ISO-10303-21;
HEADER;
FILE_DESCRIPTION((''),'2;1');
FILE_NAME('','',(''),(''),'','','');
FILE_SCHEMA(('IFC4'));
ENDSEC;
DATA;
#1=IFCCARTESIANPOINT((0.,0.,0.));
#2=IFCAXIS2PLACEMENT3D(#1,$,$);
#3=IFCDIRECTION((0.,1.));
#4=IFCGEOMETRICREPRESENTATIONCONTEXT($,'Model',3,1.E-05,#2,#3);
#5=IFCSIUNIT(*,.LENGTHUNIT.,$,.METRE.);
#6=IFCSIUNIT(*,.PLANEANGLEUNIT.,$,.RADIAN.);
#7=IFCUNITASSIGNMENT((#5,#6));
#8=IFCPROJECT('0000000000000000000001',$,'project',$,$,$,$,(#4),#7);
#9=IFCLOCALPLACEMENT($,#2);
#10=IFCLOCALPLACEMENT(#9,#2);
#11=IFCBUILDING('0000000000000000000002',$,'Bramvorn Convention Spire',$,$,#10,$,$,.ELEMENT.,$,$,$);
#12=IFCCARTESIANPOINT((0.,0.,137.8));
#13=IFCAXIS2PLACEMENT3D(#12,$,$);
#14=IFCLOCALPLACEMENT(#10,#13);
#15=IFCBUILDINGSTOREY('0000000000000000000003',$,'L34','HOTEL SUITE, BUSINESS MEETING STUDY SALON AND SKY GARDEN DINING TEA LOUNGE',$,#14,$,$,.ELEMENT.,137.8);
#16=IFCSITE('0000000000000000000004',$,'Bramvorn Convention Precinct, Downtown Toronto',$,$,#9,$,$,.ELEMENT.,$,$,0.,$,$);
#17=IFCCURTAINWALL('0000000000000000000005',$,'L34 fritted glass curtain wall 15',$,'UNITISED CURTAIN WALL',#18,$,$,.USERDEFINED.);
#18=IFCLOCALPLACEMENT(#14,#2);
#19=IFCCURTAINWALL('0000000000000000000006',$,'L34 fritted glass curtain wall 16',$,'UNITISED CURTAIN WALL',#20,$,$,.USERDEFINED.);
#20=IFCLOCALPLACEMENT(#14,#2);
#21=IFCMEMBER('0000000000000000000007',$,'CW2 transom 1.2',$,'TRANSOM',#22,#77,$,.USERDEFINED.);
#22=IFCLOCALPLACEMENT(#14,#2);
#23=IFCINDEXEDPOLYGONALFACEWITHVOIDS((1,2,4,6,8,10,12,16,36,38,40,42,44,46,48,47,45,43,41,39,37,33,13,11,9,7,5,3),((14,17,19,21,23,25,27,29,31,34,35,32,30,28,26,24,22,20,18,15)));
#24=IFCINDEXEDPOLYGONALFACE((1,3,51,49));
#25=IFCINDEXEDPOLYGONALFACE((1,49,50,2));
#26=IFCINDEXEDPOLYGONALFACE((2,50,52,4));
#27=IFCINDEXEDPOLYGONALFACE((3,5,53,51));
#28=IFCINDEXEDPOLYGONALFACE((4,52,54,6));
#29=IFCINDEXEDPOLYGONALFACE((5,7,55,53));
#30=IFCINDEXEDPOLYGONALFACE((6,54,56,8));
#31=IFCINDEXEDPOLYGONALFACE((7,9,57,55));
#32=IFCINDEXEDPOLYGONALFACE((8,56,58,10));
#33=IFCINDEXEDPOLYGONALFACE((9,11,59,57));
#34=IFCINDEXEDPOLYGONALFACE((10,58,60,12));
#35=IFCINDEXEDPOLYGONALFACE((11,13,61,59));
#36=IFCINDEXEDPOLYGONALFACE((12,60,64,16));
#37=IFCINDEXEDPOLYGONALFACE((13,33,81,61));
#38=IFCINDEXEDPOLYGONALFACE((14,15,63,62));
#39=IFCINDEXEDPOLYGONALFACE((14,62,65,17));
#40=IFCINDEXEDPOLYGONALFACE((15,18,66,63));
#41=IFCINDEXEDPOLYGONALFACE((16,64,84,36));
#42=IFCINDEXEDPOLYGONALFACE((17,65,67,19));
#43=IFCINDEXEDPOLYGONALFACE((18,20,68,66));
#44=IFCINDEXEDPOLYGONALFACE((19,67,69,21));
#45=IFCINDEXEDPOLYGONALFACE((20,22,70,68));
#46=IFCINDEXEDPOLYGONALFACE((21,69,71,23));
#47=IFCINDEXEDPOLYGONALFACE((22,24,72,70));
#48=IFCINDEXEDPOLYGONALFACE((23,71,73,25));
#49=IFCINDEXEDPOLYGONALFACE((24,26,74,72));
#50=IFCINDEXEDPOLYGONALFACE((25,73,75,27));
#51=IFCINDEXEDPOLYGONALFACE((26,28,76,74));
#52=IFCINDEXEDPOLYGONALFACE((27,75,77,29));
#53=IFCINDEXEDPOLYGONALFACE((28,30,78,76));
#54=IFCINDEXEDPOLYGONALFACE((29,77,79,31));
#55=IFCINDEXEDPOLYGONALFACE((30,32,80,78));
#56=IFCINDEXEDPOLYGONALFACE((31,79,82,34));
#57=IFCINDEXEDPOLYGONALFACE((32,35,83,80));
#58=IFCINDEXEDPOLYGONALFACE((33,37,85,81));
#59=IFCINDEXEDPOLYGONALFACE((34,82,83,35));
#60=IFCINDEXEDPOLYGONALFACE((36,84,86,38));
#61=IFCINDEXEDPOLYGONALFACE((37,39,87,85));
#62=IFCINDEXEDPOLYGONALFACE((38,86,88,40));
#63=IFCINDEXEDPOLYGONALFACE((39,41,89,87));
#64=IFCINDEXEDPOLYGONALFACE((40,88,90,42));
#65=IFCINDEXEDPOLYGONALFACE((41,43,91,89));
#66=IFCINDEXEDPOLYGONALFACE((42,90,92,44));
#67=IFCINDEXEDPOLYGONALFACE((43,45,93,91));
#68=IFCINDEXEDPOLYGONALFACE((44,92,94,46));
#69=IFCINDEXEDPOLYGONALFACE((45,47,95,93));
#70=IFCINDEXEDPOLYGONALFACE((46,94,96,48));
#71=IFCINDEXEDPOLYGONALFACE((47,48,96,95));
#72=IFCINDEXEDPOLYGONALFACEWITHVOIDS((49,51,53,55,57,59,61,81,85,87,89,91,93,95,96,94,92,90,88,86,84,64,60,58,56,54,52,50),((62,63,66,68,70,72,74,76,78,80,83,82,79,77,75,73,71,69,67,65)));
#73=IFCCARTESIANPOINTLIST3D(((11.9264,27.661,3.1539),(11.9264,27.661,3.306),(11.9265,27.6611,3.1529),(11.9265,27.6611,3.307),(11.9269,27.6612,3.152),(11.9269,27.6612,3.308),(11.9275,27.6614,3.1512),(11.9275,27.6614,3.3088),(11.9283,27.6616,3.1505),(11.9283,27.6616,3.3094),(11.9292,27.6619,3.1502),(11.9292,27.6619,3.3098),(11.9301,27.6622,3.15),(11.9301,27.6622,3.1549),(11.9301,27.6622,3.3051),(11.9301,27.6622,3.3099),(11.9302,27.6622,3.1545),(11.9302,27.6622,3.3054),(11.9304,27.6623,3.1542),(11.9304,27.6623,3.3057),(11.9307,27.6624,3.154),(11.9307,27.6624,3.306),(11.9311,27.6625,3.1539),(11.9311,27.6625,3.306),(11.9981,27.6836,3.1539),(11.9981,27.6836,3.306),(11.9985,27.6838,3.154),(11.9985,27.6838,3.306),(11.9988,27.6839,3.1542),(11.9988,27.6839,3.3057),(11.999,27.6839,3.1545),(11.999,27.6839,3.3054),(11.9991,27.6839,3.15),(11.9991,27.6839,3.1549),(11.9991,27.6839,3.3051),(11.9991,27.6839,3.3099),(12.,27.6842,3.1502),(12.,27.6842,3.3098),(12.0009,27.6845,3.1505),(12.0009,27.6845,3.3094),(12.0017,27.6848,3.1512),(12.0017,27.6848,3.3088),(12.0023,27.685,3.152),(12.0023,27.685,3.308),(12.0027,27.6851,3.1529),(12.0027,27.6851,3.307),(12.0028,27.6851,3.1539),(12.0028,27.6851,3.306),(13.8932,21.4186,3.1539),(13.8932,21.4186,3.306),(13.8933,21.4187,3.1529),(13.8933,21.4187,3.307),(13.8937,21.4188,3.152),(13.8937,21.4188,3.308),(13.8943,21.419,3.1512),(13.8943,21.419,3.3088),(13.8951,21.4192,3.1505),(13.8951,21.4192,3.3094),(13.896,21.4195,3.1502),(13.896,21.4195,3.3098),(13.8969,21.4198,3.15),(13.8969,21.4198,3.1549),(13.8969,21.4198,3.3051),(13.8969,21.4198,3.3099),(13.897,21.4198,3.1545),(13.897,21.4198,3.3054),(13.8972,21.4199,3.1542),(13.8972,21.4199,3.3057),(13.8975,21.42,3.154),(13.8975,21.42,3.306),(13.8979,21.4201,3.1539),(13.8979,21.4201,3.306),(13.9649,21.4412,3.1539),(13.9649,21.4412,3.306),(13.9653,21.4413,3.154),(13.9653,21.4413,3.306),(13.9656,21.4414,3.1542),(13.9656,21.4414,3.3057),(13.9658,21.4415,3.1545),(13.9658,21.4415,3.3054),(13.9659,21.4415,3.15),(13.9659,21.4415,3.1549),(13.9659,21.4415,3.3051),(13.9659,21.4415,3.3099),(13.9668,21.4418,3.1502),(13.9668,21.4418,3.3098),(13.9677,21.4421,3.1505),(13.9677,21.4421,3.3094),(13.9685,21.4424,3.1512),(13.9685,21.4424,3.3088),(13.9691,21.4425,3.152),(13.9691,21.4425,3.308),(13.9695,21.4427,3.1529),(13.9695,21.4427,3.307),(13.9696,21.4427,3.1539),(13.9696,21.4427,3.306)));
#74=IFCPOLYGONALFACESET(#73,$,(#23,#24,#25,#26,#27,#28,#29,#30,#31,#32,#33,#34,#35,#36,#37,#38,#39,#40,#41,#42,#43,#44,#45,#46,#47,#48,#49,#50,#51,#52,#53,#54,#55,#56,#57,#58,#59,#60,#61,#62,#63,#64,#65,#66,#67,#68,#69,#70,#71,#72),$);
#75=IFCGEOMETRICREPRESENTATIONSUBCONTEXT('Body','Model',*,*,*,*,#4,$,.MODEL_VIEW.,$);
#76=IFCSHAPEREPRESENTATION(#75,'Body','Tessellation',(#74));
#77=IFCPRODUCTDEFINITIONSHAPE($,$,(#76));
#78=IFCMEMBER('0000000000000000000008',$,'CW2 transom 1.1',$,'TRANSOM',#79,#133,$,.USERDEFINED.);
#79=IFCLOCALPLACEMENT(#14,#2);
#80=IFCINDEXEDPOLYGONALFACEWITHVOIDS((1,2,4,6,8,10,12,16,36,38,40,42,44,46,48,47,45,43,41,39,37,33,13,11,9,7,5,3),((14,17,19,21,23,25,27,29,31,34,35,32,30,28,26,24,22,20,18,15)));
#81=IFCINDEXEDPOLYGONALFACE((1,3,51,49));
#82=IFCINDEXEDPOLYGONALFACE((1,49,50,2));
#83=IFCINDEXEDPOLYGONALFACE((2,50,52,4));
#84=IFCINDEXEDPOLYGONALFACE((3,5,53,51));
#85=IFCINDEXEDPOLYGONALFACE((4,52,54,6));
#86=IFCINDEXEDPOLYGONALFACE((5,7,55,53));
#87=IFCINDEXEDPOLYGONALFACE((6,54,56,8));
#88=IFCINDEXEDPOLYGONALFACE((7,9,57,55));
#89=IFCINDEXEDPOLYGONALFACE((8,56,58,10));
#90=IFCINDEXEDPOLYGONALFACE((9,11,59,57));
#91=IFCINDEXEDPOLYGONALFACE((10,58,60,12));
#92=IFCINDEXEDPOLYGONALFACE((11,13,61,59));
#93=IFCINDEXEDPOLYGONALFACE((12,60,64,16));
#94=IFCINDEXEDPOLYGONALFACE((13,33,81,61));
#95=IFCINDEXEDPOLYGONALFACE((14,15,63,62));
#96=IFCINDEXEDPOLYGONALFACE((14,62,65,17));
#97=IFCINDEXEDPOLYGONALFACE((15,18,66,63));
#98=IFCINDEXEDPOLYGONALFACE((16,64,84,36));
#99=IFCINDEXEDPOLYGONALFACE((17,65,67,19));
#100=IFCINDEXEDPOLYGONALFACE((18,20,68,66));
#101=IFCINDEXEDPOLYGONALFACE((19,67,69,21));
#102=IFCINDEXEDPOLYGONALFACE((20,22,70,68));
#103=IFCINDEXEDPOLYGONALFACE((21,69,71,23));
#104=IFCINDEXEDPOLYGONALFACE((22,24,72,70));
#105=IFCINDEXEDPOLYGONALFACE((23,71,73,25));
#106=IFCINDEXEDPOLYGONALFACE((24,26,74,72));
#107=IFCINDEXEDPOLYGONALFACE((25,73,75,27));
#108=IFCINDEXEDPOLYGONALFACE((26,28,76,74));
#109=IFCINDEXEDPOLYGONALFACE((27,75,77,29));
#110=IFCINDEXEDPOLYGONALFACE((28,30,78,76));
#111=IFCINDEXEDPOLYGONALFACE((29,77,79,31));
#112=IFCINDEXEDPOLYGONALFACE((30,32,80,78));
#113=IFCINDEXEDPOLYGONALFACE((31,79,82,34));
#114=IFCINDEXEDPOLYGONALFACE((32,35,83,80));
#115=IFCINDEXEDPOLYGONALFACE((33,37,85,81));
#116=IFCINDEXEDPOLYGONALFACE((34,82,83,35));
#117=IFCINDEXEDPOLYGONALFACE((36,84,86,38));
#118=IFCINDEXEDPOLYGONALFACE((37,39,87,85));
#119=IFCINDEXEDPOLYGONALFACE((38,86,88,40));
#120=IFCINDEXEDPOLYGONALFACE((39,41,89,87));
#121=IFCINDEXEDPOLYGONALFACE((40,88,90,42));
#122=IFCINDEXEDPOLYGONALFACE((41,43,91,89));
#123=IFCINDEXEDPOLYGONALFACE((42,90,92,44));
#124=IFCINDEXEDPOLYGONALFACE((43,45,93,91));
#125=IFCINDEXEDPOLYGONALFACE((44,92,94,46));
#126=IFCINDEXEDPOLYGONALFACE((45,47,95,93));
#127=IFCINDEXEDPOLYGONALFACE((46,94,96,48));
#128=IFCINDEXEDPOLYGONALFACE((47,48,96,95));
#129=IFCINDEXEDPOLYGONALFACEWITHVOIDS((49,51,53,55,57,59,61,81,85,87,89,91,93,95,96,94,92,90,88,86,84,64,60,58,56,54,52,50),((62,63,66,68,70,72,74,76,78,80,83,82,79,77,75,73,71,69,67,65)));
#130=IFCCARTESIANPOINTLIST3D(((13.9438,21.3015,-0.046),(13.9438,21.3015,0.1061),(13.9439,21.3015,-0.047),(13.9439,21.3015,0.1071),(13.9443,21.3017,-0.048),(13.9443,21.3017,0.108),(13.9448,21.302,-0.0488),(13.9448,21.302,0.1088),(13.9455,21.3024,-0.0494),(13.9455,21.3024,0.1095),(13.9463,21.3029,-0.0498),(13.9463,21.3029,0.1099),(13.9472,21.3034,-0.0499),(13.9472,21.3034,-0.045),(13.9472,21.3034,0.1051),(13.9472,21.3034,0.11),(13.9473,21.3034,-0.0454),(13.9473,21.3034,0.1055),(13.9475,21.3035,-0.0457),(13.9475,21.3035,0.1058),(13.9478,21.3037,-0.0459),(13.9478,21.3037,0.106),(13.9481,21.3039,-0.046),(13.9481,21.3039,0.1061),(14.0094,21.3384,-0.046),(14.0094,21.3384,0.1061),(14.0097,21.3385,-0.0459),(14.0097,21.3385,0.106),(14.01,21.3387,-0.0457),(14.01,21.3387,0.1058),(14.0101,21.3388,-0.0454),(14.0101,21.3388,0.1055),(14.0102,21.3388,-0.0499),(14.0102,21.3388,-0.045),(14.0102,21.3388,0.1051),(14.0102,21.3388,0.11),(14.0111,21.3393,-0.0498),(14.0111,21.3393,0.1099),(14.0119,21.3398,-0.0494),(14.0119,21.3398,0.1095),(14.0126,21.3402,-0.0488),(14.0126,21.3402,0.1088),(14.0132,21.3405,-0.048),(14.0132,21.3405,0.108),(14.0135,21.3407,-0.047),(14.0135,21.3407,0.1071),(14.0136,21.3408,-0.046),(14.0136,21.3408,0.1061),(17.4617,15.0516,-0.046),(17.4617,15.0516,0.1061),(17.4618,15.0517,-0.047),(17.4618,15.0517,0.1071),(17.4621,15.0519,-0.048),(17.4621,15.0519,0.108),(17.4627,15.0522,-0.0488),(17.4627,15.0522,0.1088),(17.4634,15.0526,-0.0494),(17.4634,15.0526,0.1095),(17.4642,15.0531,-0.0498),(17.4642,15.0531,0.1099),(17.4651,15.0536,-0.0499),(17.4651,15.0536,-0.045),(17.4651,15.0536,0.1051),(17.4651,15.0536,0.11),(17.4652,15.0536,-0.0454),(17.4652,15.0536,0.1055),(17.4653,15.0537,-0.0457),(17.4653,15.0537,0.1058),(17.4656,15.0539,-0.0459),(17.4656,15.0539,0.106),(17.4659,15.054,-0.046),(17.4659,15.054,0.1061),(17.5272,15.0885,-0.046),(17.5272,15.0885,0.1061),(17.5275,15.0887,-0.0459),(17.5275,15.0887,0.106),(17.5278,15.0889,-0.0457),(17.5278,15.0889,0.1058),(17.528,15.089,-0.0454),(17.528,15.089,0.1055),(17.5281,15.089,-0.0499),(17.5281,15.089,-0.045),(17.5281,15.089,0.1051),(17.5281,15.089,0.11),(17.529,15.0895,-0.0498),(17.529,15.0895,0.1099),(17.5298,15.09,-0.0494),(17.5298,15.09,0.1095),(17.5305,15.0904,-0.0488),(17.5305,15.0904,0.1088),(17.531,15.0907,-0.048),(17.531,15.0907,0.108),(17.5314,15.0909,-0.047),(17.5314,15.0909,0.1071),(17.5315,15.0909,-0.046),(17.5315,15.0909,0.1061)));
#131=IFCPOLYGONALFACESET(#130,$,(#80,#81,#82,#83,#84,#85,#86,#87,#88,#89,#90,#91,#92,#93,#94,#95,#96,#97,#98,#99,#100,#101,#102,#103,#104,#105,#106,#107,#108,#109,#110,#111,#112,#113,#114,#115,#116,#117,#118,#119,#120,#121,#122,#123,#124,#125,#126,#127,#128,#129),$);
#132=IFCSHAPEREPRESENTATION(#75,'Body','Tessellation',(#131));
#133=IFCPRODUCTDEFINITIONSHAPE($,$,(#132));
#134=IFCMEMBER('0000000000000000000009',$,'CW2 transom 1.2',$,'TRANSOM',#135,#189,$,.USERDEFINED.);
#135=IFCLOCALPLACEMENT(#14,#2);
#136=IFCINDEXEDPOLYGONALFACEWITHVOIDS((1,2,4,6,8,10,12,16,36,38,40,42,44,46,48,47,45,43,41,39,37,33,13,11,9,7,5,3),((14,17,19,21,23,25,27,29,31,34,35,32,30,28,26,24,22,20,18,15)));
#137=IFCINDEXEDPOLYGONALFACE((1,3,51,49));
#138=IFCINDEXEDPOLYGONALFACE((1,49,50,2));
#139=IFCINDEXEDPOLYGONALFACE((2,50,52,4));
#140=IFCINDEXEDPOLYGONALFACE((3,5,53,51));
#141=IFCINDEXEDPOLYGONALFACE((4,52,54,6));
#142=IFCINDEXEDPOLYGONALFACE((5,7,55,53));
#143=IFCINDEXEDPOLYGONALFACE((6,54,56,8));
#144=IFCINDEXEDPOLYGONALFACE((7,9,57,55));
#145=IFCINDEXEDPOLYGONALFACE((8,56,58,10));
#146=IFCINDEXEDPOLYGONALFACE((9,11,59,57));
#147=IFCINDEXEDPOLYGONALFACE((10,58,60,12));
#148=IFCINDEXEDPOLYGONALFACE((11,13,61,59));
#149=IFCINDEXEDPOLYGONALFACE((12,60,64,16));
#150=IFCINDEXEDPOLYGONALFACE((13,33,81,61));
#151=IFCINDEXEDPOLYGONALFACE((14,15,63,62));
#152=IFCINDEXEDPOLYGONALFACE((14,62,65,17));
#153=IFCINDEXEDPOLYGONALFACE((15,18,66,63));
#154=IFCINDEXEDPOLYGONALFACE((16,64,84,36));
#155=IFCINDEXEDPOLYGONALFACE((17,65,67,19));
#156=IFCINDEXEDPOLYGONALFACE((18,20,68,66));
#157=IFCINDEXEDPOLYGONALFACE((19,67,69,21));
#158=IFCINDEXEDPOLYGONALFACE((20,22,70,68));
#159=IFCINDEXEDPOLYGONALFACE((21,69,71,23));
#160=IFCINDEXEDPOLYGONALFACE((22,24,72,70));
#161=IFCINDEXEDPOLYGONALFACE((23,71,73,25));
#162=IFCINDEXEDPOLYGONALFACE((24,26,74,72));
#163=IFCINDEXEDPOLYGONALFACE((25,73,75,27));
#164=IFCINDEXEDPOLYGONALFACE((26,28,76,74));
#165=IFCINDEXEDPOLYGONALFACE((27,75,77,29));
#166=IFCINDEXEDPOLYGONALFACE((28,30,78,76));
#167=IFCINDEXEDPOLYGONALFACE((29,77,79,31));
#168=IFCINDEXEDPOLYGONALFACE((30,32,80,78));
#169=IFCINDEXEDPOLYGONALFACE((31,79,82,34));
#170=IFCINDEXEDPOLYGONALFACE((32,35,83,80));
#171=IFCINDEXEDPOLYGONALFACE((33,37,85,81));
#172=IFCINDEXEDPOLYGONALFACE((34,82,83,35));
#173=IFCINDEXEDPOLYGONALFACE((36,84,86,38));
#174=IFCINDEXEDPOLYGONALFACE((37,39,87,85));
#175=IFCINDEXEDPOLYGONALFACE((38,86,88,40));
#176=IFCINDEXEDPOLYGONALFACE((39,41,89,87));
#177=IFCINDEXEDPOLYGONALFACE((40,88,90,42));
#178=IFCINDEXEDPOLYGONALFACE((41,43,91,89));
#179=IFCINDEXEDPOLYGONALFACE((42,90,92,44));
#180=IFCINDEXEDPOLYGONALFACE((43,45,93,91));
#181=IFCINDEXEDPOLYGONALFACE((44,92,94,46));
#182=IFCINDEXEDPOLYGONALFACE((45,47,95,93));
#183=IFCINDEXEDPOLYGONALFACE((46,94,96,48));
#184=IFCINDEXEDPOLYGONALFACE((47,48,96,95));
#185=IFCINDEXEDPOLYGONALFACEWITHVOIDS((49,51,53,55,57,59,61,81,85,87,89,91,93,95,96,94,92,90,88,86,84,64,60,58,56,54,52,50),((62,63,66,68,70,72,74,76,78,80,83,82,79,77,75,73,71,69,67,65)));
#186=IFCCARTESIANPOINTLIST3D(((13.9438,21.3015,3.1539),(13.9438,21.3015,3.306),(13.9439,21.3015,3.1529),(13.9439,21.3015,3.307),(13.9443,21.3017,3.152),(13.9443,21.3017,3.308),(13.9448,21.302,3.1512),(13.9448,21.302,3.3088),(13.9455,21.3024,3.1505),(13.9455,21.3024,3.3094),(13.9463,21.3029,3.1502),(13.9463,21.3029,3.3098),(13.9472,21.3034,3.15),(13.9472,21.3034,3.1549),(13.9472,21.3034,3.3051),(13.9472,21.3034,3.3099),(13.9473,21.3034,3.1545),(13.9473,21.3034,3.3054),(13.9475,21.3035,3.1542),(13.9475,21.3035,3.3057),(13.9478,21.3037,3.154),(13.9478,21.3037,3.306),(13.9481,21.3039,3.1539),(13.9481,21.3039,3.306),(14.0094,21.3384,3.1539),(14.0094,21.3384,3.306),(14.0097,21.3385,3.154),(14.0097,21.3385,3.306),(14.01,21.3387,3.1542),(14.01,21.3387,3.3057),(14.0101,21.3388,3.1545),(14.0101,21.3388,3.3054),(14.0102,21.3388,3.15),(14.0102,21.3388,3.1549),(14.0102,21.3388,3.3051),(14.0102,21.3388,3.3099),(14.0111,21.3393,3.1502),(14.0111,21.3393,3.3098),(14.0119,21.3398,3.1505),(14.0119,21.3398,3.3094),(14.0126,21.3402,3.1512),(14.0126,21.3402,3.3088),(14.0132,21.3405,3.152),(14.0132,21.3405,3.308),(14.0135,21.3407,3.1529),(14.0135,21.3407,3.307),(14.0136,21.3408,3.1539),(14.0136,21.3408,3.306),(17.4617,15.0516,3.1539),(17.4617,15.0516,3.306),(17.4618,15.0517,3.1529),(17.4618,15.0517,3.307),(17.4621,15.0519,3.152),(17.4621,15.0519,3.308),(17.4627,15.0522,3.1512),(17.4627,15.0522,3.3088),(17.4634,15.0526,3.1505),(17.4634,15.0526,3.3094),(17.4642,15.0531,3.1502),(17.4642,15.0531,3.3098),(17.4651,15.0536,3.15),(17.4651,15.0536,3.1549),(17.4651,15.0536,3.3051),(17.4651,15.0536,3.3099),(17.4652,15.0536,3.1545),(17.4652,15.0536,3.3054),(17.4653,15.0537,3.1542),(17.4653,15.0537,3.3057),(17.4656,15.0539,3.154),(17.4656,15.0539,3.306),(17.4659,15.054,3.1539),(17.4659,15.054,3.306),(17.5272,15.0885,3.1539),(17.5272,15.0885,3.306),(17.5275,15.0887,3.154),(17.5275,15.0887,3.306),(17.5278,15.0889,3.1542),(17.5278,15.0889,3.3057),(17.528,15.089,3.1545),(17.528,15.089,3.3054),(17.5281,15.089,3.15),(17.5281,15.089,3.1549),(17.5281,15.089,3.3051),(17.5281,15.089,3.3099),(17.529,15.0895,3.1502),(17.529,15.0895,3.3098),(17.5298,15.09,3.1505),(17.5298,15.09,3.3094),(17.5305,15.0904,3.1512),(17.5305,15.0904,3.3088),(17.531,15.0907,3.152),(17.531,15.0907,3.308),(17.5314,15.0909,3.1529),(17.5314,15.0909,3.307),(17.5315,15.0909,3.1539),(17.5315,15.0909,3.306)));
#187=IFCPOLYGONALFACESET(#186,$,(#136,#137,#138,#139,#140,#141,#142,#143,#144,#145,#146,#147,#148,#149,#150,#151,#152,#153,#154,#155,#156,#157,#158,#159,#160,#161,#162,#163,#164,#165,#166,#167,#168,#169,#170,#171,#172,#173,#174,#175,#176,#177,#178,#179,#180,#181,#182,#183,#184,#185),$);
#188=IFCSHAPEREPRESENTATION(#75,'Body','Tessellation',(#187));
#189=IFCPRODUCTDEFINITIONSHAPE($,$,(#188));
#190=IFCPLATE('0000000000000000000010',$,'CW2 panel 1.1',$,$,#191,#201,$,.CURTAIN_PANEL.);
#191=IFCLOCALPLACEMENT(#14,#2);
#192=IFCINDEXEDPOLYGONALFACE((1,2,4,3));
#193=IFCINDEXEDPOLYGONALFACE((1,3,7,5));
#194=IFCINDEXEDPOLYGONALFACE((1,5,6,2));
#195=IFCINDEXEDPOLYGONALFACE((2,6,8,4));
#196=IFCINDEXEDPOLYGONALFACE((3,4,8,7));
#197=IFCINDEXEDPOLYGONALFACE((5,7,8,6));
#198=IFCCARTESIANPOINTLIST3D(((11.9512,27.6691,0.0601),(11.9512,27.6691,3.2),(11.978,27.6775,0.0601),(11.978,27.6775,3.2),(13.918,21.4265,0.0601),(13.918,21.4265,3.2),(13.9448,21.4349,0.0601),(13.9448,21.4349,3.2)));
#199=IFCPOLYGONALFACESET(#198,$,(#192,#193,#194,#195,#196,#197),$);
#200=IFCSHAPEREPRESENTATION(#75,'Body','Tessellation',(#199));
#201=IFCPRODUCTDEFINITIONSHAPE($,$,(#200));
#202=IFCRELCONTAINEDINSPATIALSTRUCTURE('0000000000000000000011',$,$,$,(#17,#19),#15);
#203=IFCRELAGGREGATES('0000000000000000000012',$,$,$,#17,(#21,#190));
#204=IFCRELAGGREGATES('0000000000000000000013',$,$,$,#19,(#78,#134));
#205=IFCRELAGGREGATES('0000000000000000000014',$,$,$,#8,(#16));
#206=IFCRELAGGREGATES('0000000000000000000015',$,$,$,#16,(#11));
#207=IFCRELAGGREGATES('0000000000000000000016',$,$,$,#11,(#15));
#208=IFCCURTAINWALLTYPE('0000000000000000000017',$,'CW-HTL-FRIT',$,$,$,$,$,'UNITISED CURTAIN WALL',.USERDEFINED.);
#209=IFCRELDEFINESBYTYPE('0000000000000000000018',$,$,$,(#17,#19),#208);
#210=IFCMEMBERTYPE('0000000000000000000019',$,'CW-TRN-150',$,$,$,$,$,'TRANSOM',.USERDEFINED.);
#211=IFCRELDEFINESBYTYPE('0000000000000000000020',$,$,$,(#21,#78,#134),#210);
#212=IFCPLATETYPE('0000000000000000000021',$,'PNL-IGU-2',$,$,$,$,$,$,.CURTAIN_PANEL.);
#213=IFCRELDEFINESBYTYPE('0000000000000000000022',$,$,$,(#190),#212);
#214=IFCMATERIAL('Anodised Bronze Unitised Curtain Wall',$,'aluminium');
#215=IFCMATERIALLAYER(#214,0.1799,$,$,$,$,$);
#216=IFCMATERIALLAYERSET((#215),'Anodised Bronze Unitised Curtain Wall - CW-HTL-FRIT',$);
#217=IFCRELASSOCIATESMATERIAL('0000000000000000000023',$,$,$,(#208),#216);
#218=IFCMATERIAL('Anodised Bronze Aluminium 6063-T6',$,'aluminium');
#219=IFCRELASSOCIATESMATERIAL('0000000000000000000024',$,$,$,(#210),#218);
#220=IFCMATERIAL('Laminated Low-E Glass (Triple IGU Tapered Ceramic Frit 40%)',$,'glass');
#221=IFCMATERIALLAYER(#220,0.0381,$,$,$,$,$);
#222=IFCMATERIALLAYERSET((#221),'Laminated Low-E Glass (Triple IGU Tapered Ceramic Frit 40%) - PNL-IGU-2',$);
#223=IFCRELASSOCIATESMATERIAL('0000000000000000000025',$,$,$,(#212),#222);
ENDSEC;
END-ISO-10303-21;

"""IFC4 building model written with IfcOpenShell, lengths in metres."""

from ifc_helpers import new_model, si_unit, direction, frame, origin, origin_2d, place, context, subcontext, project, spatial, rectangle, hollow_rectangle, extrude, material, layer, layer_set, material_profile, profile_set, type_object, element, aggregate, save


model = new_model("IFC4")

# Units and contexts
model_context = context("Model", 3, precision=1e-05, world=origin(), true_north=direction((0.0, 1.0)))
body_context = subcontext(model_context, "Body", "Model", "MODEL_VIEW")
ifc_project = project(units=[si_unit("LENGTHUNIT", "METRE"), si_unit("PLANEANGLEUNIT", "RADIAN")], contexts=[model_context])

# Site, building, storey
site_placement = place(None, origin())
site = spatial("IfcSite", under=ifc_project, at=site_placement, Name="Bramvorn Convention Precinct, Downtown Toronto", CompositionType="ELEMENT", RefElevation=0.0)
building_placement = place(site_placement, origin())
building = spatial("IfcBuilding", under=site, at=building_placement, Name="Bramvorn Convention Spire", CompositionType="ELEMENT")
storey_placement = place(building_placement, frame((0.0, 0.0, 137.8)))
storey = spatial("IfcBuildingStorey", under=building, at=storey_placement, Name="L34", Description="HOTEL SUITE, BUSINESS MEETING STUDY SALON AND SKY GARDEN DINING TEA LOUNGE", CompositionType="ELEMENT", Elevation=137.8)

# Curtain walls
ifc_material_1 = material(Name="Anodised Bronze Unitised Curtain Wall", Category="aluminium")
ifc_layer_1 = layer(ifc_material_1, 0.1799)
ifc_layer_set_1 = layer_set([ifc_layer_1], Name="Anodised Bronze Unitised Curtain Wall - CW-HTL-FRIT")
curtain_wall_type = type_object("IfcCurtainWallType", Name="CW-HTL-FRIT", ElementType="UNITISED CURTAIN WALL", PredefinedType="USERDEFINED", material=ifc_layer_set_1)
curtain_wall_1_placement = place(storey_placement, origin())
curtain_wall_1 = element("IfcCurtainWall", 1, at=curtain_wall_1_placement, inside=storey, type_object=curtain_wall_type, Name="L34 fritted glass curtain wall 15", ObjectType="UNITISED CURTAIN WALL", PredefinedType="USERDEFINED")
ifc_material_2 = material(Name="Anodised Bronze Aluminium 6063-T6", Category="aluminium")
curtain_wall_2_placement = place(storey_placement, origin())
curtain_wall_2 = element("IfcCurtainWall", 2, at=curtain_wall_2_placement, inside=storey, type_object=curtain_wall_type, Name="L34 fritted glass curtain wall 16", ObjectType="UNITISED CURTAIN WALL", PredefinedType="USERDEFINED")

# Members
ifc_material_profile_1 = material_profile(ifc_material_2, hollow_rectangle(XDim=0.0801, YDim=0.1599, WallThickness=0.0039, InnerFilletRadius=0.001, OuterFilletRadius=0.0039, at=origin_2d()))
ifc_profile_set_1 = profile_set([ifc_material_profile_1], Name="Anodised Bronze Aluminium 6063-T6 - CWT80X160")
member_type_1 = type_object("IfcMemberType", Name="CW-TRN-150", ElementType="TRANSOM", PredefinedType="USERDEFINED", material=ifc_profile_set_1)
member_1_placement = place(storey_placement, frame((13.9314, 21.4307, 3.23), z_axis=(-0.300506, 0.95378, 0.0), x_axis=(-0.95378, -0.300506, 0.0)))
member_1 = element("IfcMember", 3, at=member_1_placement, type_object=member_type_1, Name="CW2 transom 1.2", ObjectType="TRANSOM", PredefinedType="USERDEFINED", context=body_context, shape_type="SweptSolid", body=[
    extrude(hollow_rectangle(XDim=0.0801, YDim=0.1599, WallThickness=0.0039, InnerFilletRadius=0.001, OuterFilletRadius=0.0039, at=origin_2d()), origin(), (0.0, 0.0, 1.0), 6.5449),
])
member_2_placement = place(storey_placement, frame((17.4966, 15.0713, 0.03), z_axis=(-0.490509, 0.871436, 0.0), x_axis=(-0.871436, -0.490509, 0.0)))
member_2 = element("IfcMember", 4, at=member_2_placement, type_object=member_type_1, Name="CW2 transom 1.1", ObjectType="TRANSOM", PredefinedType="USERDEFINED", context=body_context, shape_type="SweptSolid", body=[
    extrude(hollow_rectangle(XDim=0.0801, YDim=0.1599, WallThickness=0.0039, InnerFilletRadius=0.001, OuterFilletRadius=0.0039, at=origin_2d()), origin(), (0.0, 0.0, 1.0), 7.1719),
])
member_3_placement = place(storey_placement, frame((17.4966, 15.0713, 3.23), z_axis=(-0.490509, 0.871436, 0.0), x_axis=(-0.871436, -0.490509, 0.0)))
member_3 = element("IfcMember", 5, at=member_3_placement, type_object=member_type_1, Name="CW2 transom 1.2", ObjectType="TRANSOM", PredefinedType="USERDEFINED", context=body_context, shape_type="SweptSolid", body=[
    extrude(hollow_rectangle(XDim=0.0801, YDim=0.1599, WallThickness=0.0039, InnerFilletRadius=0.001, OuterFilletRadius=0.0039, at=origin_2d()), origin(), (0.0, 0.0, 1.0), 7.1719),
])

# Plate
ifc_material_3 = material(Name="Laminated Low-E Glass (Triple IGU Tapered Ceramic Frit 40%)", Category="glass")
ifc_layer_2 = layer(ifc_material_3, 0.0381)
ifc_layer_set_2 = layer_set([ifc_layer_2], Name="Laminated Low-E Glass (Triple IGU Tapered Ceramic Frit 40%) - PNL-IGU-2")
plate_type = type_object("IfcPlateType", Name="PNL-IGU-2", PredefinedType="CURTAIN_PANEL", material=ifc_layer_set_2)
plate_1_placement = place(storey_placement, frame((12.948, 24.552, 0.0601), z_axis=(0.0, 0.0, 1.0), x_axis=(-0.300507, 0.95378, 0.0)))
plate_1 = element("IfcPlate", 6, at=plate_1_placement, type_object=plate_type, Name="CW2 panel 1.1", PredefinedType="CURTAIN_PANEL", context=body_context, shape_type="SweptSolid", body=[
    extrude(rectangle(XDim=6.5452, YDim=0.0281, at=origin_2d()), origin(), (0.0, 0.0, 1.0), 3.1399),
])
aggregate(curtain_wall_1, [member_1, plate_1])
aggregate(curtain_wall_2, [member_2, member_3])

save(model, "model.ifc")
